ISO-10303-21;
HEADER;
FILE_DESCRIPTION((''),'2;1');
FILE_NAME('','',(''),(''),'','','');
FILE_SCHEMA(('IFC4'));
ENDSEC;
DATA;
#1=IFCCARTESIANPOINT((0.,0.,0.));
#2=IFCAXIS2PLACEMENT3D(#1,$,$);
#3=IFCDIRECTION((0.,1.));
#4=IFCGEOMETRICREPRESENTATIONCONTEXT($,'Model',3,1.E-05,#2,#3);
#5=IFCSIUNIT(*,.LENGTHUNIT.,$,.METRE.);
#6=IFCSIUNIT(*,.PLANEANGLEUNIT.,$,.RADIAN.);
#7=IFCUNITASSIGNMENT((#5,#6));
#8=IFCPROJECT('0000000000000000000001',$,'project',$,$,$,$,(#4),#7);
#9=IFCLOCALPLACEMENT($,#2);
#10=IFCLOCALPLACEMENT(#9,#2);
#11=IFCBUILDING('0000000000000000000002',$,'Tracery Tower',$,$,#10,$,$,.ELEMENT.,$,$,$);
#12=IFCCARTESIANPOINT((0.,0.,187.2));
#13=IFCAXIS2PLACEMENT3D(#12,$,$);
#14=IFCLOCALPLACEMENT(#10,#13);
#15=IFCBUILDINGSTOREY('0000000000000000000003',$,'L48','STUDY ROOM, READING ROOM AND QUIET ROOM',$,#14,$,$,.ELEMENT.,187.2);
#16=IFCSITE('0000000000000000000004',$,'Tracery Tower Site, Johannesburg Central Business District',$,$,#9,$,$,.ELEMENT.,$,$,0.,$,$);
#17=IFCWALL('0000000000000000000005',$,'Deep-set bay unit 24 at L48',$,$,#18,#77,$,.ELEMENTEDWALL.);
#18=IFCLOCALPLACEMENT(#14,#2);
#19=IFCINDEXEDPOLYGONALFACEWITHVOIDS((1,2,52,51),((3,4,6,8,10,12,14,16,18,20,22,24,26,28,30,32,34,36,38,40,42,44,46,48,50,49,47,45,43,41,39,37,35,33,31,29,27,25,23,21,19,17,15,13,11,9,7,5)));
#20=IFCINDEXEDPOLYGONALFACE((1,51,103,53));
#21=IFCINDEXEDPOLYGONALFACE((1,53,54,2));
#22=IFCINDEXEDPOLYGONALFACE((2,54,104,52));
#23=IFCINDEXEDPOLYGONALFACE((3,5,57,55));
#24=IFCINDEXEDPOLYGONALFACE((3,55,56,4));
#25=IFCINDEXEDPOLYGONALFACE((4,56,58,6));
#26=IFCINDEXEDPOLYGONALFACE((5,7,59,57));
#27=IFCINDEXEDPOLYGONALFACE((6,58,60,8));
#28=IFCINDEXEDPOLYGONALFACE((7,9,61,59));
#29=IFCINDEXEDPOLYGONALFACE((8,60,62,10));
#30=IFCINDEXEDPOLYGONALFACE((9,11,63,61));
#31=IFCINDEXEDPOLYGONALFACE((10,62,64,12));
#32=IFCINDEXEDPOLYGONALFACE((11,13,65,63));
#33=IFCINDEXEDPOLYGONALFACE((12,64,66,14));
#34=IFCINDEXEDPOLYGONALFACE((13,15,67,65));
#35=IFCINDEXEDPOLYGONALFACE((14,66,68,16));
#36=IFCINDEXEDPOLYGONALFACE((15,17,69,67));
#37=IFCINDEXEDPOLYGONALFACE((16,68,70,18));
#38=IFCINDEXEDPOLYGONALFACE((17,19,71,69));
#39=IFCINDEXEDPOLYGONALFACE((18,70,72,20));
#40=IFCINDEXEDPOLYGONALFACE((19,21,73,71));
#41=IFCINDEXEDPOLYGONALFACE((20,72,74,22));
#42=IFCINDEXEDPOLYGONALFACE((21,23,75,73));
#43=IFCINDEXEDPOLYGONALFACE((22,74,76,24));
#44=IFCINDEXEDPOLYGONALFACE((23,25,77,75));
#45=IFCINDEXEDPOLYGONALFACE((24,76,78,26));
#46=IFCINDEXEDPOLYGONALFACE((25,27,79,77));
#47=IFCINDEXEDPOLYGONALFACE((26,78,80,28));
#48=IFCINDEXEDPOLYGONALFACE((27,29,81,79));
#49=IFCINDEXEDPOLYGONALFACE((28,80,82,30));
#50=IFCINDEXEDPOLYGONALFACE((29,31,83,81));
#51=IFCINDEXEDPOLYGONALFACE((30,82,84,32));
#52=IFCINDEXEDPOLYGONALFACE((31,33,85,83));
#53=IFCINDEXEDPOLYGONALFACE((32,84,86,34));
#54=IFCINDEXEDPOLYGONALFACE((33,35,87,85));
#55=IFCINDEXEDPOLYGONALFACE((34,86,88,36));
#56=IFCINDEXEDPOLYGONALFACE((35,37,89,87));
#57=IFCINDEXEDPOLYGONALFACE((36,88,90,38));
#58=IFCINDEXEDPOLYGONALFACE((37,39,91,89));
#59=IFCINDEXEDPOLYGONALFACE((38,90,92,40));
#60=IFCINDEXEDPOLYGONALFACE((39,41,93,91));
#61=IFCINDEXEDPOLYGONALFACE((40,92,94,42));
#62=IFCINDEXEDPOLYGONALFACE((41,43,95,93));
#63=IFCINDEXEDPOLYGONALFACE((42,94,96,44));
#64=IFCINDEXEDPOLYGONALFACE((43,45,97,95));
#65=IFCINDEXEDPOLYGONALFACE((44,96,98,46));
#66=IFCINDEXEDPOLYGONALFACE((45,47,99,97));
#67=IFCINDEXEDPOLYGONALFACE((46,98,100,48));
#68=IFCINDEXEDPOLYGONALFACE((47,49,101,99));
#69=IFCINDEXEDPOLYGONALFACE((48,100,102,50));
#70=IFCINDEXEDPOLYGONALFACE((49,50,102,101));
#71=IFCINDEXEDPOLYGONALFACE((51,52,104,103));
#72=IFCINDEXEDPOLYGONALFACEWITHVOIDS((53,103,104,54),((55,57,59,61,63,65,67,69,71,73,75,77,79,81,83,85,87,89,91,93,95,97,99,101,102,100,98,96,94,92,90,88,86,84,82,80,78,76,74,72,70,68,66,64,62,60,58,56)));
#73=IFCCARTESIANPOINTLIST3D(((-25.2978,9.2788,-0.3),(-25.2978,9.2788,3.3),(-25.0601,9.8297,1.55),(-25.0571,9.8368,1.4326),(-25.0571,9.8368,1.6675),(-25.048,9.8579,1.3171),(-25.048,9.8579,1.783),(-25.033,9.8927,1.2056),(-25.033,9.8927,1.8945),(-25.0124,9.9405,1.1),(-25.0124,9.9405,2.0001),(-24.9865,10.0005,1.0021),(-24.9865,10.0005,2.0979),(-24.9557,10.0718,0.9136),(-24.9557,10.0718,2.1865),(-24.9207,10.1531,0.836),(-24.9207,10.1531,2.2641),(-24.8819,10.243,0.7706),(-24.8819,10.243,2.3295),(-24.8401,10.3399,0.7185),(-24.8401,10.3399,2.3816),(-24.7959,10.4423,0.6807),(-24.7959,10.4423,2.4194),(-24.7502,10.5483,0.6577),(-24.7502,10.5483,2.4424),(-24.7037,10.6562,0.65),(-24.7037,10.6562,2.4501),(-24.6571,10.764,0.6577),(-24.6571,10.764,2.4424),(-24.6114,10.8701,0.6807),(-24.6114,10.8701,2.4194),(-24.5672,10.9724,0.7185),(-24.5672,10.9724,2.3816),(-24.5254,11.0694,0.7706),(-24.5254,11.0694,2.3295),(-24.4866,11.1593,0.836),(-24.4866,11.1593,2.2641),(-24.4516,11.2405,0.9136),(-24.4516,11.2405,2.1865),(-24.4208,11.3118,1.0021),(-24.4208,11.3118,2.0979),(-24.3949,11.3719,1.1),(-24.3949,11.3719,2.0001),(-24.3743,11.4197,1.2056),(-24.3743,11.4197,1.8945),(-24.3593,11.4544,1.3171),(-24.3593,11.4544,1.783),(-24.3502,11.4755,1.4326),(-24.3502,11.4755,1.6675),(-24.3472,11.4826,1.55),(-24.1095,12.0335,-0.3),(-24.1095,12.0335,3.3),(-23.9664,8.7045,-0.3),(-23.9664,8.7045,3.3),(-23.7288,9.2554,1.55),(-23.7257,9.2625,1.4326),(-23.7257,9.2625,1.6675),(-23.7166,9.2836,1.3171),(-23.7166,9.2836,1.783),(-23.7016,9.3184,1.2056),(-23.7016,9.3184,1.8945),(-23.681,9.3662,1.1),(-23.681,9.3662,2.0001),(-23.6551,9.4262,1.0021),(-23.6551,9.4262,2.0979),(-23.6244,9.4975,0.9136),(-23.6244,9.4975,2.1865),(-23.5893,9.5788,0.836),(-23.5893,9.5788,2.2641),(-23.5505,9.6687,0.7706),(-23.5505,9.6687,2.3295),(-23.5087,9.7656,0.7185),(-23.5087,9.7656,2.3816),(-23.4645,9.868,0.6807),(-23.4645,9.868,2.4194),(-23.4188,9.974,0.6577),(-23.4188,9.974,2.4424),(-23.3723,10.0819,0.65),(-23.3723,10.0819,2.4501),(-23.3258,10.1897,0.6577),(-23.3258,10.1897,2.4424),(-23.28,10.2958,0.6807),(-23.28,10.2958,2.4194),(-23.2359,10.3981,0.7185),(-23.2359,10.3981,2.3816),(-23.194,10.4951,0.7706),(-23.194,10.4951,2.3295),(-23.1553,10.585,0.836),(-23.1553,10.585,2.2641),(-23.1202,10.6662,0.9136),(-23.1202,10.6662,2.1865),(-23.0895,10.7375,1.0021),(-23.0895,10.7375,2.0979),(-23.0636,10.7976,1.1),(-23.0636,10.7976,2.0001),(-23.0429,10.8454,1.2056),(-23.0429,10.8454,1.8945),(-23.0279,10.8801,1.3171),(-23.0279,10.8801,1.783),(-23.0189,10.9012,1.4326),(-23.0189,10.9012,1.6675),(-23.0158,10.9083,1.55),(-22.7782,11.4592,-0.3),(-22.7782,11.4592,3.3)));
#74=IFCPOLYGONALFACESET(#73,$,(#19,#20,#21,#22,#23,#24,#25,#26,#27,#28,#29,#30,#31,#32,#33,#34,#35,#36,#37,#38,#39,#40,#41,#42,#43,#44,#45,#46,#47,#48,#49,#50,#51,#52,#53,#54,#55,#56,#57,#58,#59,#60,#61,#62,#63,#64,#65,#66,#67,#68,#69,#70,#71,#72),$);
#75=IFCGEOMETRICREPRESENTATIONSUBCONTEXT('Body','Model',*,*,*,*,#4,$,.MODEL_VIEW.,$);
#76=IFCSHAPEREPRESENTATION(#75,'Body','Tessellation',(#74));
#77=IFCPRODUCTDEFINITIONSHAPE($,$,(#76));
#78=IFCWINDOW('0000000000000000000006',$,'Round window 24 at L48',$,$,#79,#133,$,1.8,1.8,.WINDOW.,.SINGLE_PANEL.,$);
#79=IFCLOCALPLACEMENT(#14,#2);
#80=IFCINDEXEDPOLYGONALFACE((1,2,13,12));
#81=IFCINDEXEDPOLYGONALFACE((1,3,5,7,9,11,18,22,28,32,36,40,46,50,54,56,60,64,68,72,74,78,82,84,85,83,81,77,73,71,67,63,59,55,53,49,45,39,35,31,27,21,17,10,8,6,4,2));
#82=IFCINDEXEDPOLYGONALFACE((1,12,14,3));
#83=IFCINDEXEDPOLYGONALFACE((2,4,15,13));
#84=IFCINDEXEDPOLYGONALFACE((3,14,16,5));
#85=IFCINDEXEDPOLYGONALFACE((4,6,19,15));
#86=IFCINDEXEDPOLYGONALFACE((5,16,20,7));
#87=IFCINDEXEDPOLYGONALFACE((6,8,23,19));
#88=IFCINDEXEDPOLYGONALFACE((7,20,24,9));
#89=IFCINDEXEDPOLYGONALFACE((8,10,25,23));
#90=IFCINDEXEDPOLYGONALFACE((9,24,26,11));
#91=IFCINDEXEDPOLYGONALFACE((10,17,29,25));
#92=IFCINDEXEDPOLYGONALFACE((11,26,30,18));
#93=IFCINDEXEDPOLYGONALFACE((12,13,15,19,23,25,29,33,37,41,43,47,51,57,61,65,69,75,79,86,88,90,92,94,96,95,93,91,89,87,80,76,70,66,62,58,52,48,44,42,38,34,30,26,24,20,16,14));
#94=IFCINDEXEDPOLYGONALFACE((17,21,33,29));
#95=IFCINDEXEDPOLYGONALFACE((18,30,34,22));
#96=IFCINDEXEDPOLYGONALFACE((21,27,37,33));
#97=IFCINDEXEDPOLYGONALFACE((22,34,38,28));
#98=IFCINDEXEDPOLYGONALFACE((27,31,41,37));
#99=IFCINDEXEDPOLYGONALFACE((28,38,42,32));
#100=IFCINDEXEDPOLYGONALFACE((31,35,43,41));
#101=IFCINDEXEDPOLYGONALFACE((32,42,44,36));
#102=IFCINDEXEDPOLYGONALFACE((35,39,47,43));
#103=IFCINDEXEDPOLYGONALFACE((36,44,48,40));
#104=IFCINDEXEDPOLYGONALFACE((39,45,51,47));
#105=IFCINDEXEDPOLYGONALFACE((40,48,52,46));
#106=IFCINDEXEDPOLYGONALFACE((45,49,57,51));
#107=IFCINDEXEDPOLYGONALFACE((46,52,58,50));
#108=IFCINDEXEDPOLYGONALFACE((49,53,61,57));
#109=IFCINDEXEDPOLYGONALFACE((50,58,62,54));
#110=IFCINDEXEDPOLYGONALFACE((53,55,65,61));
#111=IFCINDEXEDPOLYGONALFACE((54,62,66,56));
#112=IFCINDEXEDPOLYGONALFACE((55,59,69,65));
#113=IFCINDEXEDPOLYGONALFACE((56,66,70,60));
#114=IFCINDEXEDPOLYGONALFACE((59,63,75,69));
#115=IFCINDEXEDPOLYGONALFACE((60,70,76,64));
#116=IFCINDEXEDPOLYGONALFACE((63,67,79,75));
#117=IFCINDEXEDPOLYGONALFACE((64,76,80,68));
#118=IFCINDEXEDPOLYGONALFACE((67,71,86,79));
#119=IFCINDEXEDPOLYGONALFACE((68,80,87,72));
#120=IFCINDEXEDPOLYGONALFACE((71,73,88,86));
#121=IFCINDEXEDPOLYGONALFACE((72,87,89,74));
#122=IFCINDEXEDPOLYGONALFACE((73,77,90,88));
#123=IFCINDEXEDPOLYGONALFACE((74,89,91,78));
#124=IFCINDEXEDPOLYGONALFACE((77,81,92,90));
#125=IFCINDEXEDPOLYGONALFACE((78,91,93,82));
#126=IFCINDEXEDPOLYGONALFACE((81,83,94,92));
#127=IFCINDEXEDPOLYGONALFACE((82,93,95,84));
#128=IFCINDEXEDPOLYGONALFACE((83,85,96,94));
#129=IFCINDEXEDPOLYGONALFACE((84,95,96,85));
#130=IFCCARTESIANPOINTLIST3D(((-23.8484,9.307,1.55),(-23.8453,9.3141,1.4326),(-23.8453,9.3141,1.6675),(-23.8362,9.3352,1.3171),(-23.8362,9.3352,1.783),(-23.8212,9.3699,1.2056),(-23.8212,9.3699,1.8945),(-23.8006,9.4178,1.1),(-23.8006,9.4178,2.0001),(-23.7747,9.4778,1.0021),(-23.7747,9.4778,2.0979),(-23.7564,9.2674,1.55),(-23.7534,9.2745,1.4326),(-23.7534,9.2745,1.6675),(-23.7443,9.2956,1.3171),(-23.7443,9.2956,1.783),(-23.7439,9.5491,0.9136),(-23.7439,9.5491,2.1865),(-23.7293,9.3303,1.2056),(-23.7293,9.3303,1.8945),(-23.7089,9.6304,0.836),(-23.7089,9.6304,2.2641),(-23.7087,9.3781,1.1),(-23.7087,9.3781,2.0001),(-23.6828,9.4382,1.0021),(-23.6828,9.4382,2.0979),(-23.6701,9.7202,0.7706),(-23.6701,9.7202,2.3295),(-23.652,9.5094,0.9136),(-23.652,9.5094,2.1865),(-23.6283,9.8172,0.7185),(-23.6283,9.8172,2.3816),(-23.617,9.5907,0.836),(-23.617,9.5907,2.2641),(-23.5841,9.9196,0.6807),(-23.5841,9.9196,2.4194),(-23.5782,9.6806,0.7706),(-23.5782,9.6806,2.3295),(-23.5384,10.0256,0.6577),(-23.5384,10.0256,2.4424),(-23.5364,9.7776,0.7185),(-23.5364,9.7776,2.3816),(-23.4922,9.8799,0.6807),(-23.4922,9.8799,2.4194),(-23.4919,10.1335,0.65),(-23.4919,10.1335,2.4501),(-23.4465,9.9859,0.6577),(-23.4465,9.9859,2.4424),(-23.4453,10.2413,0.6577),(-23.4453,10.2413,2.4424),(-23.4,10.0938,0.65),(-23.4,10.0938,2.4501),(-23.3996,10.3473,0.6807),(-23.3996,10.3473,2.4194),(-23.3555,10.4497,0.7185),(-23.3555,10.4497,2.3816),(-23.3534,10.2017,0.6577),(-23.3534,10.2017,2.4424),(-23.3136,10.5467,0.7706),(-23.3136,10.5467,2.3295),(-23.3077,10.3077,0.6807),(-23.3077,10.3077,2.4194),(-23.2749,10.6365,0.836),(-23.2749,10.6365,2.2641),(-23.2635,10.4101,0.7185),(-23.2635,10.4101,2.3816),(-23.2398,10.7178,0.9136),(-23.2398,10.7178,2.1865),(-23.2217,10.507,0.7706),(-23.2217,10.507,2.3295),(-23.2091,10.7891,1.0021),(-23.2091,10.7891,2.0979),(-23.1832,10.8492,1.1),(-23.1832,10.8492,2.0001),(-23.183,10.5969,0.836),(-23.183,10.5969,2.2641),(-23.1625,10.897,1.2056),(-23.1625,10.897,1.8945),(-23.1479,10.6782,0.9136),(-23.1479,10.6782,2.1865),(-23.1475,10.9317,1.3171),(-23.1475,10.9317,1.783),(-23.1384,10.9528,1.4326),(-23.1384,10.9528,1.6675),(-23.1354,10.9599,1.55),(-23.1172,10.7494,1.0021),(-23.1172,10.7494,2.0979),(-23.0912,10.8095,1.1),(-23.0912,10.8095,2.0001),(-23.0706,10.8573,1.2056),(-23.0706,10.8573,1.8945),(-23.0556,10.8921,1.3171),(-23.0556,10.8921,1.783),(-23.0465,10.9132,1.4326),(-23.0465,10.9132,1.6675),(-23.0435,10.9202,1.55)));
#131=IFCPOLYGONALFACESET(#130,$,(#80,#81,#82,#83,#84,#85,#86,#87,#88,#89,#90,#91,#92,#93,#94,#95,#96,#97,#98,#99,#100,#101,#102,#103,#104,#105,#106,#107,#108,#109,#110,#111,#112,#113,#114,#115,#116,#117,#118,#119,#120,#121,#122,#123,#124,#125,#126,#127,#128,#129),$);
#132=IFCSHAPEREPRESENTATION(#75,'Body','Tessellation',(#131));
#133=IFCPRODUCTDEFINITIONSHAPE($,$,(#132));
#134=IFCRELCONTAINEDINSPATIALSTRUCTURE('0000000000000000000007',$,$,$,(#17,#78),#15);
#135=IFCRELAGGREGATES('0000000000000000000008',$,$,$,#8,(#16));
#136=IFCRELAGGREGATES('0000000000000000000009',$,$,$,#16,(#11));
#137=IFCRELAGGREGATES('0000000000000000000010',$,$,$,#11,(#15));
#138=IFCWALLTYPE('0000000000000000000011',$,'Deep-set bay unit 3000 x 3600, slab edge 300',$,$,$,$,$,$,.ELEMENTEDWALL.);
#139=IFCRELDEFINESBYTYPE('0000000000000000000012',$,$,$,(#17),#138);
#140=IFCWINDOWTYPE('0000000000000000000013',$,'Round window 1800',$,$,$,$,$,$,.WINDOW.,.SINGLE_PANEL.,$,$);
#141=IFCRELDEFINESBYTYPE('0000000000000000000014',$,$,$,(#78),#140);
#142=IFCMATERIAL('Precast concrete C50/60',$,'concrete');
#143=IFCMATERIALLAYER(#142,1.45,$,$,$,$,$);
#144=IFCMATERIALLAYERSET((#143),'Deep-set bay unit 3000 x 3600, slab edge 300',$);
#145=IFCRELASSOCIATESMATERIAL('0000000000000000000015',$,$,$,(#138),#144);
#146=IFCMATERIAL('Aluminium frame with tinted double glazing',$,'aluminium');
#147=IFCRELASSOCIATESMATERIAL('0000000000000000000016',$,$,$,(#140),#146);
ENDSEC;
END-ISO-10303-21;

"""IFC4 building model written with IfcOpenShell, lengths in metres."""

from ifc_helpers import new_model, si_unit, direction, frame, frame_2d, origin, origin_2d, place, context, subcontext, project, spatial, rectangle, circle, extrude, material, layer, layer_set, type_object, element, fill, save


model = new_model("IFC4")

# Units and contexts
model_context = context("Model", 3, precision=1e-05, world=origin(), true_north=direction((0.0, 1.0)))
body_context = subcontext(model_context, "Body", "Model", "MODEL_VIEW")
ifc_project = project(units=[si_unit("LENGTHUNIT", "METRE"), si_unit("PLANEANGLEUNIT", "RADIAN")], contexts=[model_context])

# Site, building, storey
site_placement = place(None, origin())
site = spatial("IfcSite", under=ifc_project, at=site_placement, Name="Tracery Tower Site, Johannesburg Central Business District", CompositionType="ELEMENT", RefElevation=0.0)
building_placement = place(site_placement, origin())
building = spatial("IfcBuilding", under=site, at=building_placement, Name="Tracery Tower", CompositionType="ELEMENT")
storey_placement = place(building_placement, frame((0.0, 0.0, 187.2)))
storey = spatial("IfcBuildingStorey", under=building, at=storey_placement, Name="L48", Description="STUDY ROOM, READING ROOM AND QUIET ROOM", CompositionType="ELEMENT", Elevation=187.2)

# Wall, opening, window
ifc_material_1 = material(Name="Precast concrete C50/60", Category="concrete")
ifc_layer_1 = layer(ifc_material_1, 1.45)
ifc_layer_set_1 = layer_set([ifc_layer_1], Name="Deep-set bay unit 3000 x 3600, slab edge 300")
wall_type_1 = type_object("IfcWallType", Name="Deep-set bay unit 3000 x 3600, slab edge 300", PredefinedType="ELEMENTEDWALL", material=ifc_layer_set_1)
ifc_material_2 = material(Name="Aluminium frame with tinted double glazing", Category="aluminium")
window_type = type_object("IfcWindowType", Name="Round window 1800", PartitioningType="SINGLE_PANEL", PredefinedType="WINDOW", material=ifc_material_2)
wall_1_placement = place(storey_placement, frame((-23.4438, 11.7463, -0.3), z_axis=(0.0, 0.0, 1.0), x_axis=(-0.396079, -0.918216, 0.0)))
wall_1 = element("IfcWall", 1, at=wall_1_placement, inside=storey, type_object=wall_type_1, Name="Deep-set bay unit 24 at L48", PredefinedType="ELEMENTEDWALL", context=body_context, shape_type="SweptSolid", body=[
    extrude(rectangle(XDim=3.0, YDim=1.45, at=frame_2d((1.5, 0.0))), origin(), (0.0, 0.0, 1.0), 3.6001),
])
opening_1_placement = place(wall_1_placement, frame((1.5, 0.0, 1.8501)))
opening_1 = element("IfcOpeningElement", 2, at=opening_1_placement, cuts=wall_1, PredefinedType="OPENING", context=body_context, shape_type="SweptSolid", body=[
    extrude(circle(Radius=0.9, at=origin_2d()), frame((0.0, 0.7349, 0.0), z_axis=(0.0, -1.0, 0.0), x_axis=(1.0, 0.0, 0.0)), (0.0, 0.0, 1.0), 1.47),
])
window_1_placement = place(opening_1_placement, origin())
window_1 = element("IfcWindow", 3, at=window_1_placement, inside=storey, type_object=window_type, Name="Round window 24 at L48", OverallHeight=1.8, OverallWidth=1.8, PartitioningType="SINGLE_PANEL", PredefinedType="WINDOW", context=body_context, shape_type="SweptSolid", body=[
    extrude(circle(Radius=0.9, at=origin_2d()), frame((0.0, 0.6948, 0.0), z_axis=(0.0, -1.0, 0.0), x_axis=(1.0, 0.0, 0.0)), (0.0, 0.0, 1.0), 0.1001),
])
fill(opening_1, window_1)

save(model, "model.ifc")
